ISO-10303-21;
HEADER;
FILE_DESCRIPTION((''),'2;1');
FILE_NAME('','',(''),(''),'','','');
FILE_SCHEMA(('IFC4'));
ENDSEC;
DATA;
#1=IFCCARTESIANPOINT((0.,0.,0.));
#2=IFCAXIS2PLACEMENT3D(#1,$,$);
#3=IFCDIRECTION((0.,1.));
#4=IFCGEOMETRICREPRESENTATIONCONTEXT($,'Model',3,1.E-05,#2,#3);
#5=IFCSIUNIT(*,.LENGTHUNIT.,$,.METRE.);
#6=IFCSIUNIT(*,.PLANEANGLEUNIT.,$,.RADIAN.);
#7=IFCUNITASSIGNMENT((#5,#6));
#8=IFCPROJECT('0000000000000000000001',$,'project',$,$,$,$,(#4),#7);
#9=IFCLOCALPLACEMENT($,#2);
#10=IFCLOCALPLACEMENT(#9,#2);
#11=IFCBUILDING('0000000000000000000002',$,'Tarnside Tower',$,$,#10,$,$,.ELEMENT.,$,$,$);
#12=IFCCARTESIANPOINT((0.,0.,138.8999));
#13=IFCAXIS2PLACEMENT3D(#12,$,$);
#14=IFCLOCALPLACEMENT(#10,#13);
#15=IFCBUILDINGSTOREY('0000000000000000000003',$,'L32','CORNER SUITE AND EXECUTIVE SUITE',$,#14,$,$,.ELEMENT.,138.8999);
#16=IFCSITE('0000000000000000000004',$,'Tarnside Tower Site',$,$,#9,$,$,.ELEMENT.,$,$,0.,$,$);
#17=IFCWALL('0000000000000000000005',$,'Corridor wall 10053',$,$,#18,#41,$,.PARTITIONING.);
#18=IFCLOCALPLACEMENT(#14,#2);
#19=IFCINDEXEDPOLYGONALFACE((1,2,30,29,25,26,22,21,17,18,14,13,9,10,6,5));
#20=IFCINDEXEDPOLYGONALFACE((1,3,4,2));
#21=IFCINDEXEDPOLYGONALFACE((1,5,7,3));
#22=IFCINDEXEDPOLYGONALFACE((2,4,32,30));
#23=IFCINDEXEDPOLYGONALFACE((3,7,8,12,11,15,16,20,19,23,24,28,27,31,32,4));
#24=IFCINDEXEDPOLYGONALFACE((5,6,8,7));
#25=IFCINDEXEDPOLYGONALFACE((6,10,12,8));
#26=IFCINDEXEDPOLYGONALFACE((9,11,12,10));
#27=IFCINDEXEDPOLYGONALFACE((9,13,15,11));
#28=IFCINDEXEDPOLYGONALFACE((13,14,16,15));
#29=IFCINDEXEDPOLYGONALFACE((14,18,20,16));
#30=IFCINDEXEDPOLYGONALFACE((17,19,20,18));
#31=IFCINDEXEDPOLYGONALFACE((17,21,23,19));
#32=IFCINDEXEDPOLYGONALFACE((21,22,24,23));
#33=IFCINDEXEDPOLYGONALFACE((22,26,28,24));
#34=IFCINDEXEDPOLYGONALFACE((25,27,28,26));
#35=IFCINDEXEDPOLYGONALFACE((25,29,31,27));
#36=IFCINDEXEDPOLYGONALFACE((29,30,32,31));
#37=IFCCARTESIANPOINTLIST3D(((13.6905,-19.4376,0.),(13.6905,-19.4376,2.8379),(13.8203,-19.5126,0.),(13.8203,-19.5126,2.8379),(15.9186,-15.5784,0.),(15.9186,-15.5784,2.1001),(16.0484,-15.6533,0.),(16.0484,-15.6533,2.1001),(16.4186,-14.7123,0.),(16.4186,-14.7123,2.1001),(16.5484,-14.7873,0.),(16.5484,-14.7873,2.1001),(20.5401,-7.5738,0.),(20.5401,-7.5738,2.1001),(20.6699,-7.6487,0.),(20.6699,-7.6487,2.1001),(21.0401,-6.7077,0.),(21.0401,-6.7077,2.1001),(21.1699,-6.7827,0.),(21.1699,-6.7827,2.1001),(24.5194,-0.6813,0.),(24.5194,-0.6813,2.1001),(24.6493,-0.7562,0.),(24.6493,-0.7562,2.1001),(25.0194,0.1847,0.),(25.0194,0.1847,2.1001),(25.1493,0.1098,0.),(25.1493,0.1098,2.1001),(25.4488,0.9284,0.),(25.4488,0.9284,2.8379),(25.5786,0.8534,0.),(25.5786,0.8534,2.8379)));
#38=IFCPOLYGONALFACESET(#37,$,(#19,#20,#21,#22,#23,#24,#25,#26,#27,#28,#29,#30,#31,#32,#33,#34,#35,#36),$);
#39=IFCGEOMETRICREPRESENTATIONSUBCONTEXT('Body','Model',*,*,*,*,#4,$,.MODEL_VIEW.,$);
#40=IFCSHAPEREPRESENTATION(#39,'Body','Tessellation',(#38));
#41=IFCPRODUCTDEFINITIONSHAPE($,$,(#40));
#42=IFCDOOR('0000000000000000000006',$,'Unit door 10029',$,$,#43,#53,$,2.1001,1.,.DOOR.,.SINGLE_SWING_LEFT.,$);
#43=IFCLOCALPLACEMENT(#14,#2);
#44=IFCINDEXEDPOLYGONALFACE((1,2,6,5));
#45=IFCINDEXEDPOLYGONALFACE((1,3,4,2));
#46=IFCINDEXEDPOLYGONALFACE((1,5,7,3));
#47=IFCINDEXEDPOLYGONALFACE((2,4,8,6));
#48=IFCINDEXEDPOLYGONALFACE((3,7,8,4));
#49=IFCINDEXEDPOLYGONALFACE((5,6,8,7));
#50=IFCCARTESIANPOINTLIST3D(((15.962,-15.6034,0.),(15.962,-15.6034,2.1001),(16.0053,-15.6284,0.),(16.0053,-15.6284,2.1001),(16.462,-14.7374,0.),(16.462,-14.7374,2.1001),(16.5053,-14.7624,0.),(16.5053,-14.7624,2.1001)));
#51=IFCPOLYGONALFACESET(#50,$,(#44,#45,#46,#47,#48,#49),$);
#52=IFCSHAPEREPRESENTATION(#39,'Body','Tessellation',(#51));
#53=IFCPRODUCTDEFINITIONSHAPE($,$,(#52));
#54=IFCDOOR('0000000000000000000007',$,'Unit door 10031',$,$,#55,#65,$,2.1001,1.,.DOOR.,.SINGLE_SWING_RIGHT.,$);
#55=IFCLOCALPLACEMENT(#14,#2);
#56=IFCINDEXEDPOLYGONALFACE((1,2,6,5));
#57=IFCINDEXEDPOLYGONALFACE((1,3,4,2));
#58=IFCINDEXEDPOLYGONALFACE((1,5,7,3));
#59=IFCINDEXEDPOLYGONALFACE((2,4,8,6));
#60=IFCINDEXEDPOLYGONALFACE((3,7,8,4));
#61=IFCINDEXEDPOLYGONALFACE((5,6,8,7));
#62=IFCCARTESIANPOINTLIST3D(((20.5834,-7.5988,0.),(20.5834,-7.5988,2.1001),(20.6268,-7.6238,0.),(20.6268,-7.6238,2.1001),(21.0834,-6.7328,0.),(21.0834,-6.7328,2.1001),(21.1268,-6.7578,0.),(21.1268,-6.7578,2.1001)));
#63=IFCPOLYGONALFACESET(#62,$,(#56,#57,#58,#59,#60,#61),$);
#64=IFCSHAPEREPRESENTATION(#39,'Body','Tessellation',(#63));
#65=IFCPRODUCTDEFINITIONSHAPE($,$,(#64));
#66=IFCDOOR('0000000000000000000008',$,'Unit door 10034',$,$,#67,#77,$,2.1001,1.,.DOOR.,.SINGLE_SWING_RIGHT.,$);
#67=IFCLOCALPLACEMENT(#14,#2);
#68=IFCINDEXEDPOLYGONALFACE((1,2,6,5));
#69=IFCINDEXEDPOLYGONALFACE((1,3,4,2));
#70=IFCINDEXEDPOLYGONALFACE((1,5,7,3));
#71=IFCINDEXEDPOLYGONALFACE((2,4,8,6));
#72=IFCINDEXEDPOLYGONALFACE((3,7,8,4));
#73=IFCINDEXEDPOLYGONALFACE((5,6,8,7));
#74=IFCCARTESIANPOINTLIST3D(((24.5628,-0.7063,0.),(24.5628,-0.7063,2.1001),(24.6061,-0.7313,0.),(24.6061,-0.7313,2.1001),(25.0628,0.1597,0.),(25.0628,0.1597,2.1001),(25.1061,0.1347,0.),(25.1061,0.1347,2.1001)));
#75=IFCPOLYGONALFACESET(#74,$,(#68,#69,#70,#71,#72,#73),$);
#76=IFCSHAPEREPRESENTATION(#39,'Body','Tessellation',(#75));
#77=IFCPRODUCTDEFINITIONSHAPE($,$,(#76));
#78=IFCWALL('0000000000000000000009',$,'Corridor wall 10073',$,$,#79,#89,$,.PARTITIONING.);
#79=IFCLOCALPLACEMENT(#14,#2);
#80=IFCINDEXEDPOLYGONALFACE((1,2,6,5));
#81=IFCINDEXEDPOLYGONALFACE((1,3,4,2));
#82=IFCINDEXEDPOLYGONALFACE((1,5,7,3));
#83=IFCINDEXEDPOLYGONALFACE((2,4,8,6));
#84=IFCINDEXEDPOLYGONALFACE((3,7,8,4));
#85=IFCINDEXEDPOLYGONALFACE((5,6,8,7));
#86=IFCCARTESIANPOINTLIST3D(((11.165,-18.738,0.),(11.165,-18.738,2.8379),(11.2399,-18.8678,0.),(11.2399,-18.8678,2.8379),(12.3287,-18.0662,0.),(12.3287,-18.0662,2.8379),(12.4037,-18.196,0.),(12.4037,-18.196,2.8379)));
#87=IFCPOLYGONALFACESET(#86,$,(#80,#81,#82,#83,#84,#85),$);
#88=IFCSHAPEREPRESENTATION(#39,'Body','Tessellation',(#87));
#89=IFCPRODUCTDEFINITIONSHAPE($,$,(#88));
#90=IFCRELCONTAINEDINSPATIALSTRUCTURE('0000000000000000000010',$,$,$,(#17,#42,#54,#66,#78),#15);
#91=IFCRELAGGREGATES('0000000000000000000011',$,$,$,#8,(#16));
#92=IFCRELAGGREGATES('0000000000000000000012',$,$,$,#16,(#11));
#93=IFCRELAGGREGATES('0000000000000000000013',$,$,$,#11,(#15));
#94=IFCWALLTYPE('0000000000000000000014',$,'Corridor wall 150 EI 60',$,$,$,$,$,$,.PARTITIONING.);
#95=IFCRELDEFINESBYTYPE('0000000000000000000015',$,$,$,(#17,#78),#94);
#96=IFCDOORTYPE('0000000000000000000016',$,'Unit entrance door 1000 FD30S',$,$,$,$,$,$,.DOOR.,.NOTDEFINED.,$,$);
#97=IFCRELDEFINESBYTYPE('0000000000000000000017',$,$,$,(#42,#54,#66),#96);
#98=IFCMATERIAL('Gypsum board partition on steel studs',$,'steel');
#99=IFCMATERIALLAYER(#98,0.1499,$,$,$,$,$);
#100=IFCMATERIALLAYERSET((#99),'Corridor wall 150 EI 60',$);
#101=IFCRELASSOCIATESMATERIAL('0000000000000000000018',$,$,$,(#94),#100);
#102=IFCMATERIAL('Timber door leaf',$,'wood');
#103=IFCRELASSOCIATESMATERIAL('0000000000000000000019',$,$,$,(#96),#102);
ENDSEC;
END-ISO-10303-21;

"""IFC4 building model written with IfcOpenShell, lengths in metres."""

from ifc_helpers import new_model, si_unit, direction, frame, frame_2d, origin, place, context, subcontext, project, spatial, rectangle, extrude, material, layer, layer_set, type_object, element, fill, save


model = new_model("IFC4")

# Units and contexts
model_context = context("Model", 3, precision=1e-05, world=origin(), true_north=direction((0.0, 1.0)))
body_context = subcontext(model_context, "Body", "Model", "MODEL_VIEW")
ifc_project = project(units=[si_unit("LENGTHUNIT", "METRE"), si_unit("PLANEANGLEUNIT", "RADIAN")], contexts=[model_context])

# Site, building, storey
site_placement = place(None, origin())
site = spatial("IfcSite", under=ifc_project, at=site_placement, Name="Tarnside Tower Site", CompositionType="ELEMENT", RefElevation=0.0)
building_placement = place(site_placement, origin())
building = spatial("IfcBuilding", under=site, at=building_placement, Name="Tarnside Tower", CompositionType="ELEMENT")
storey_placement = place(building_placement, frame((0.0, 0.0, 138.8999)))
storey = spatial("IfcBuildingStorey", under=building, at=storey_placement, Name="L32", Description="CORNER SUITE AND EXECUTIVE SUITE", CompositionType="ELEMENT", Elevation=138.8999)

# Shared definitions
ifc_material_1 = material(Name="Gypsum board partition on steel studs", Category="steel")
ifc_material_2 = material(Name="Timber door leaf", Category="wood")

# Shared definitions
ifc_layer_1 = layer(ifc_material_1, 0.1499)
ifc_layer_set_1 = layer_set([ifc_layer_1], Name="Corridor wall 150 EI 60")
wall_type_1 = type_object("IfcWallType", Name="Corridor wall 150 EI 60", PredefinedType="PARTITIONING", material=ifc_layer_set_1)

# Wall, openings, doors
wall_1_placement = place(storey_placement, frame((13.7554, -19.4751, 0.0), z_axis=(0.0, 0.0, 1.0), x_axis=(0.5, 0.866025, 0.0)))
wall_1 = element("IfcWall", 1, at=wall_1_placement, inside=storey, type_object=wall_type_1, Name="Corridor wall 10053", PredefinedType="PARTITIONING", context=body_context, shape_type="SweptSolid", body=[
    extrude(rectangle(XDim=23.5166, YDim=0.1499, at=frame_2d((11.7583, 0.0))), origin(), (0.0, 0.0, 1.0), 2.8379),
])
opening_1_placement = place(wall_1_placement, frame((4.4563, 0.0, 0.0)))
opening_1 = element("IfcOpeningElement", 2, at=opening_1_placement, cuts=wall_1, PredefinedType="OPENING", context=body_context, shape_type="SweptSolid", body=[
    extrude(rectangle(XDim=1.0, YDim=2.1001, at=frame_2d((0.5, 1.05))), frame((0.0, 0.085, 0.0), z_axis=(0.0, -1.0, 0.0), x_axis=(1.0, 0.0, 0.0)), (0.0, 0.0, 1.0), 0.1699),
])
opening_2_placement = place(wall_1_placement, frame((13.6992, 0.0, 0.0)))
opening_2 = element("IfcOpeningElement", 3, at=opening_2_placement, cuts=wall_1, PredefinedType="OPENING", context=body_context, shape_type="SweptSolid", body=[
    extrude(rectangle(XDim=1.0, YDim=2.1001, at=frame_2d((0.5, 1.05))), frame((0.0, 0.085, 0.0), z_axis=(0.0, -1.0, 0.0), x_axis=(1.0, 0.0, 0.0)), (0.0, 0.0, 1.0), 0.1699),
])
opening_3_placement = place(wall_1_placement, frame((21.658, 0.0, 0.0)))
opening_3 = element("IfcOpeningElement", 4, at=opening_3_placement, cuts=wall_1, PredefinedType="OPENING", context=body_context, shape_type="SweptSolid", body=[
    extrude(rectangle(XDim=1.0, YDim=2.1001, at=frame_2d((0.5, 1.05))), frame((0.0, 0.085, 0.0), z_axis=(0.0, -1.0, 0.0), x_axis=(1.0, 0.0, 0.0)), (0.0, 0.0, 1.0), 0.1699),
])
door_type_1 = type_object("IfcDoorType", Name="Unit entrance door 1000 FD30S", OperationType="NOTDEFINED", PredefinedType="DOOR", material=ifc_material_2)
door_1_placement = place(opening_1_placement, origin())
door_1 = element("IfcDoor", 5, at=door_1_placement, inside=storey, type_object=door_type_1, Name="Unit door 10029", OperationType="SINGLE_SWING_LEFT", OverallHeight=2.1001, OverallWidth=1.0, PredefinedType="DOOR", context=body_context, shape_type="SweptSolid", body=[
    extrude(rectangle(XDim=1.0, YDim=2.1001, at=frame_2d((0.5, 1.05))), frame((0.0, 0.0249, 0.0), z_axis=(0.0, -1.0, 0.0), x_axis=(1.0, 0.0, 0.0)), (0.0, 0.0, 1.0), 0.05),
])
fill(opening_1, door_1)
door_2_placement = place(opening_2_placement, origin())
door_2 = element("IfcDoor", 6, at=door_2_placement, inside=storey, type_object=door_type_1, Name="Unit door 10031", OperationType="SINGLE_SWING_RIGHT", OverallHeight=2.1001, OverallWidth=1.0, PredefinedType="DOOR", context=body_context, shape_type="SweptSolid", body=[
    extrude(rectangle(XDim=1.0, YDim=2.1001, at=frame_2d((0.5, 1.05))), frame((0.0, 0.0249, 0.0), z_axis=(0.0, -1.0, 0.0), x_axis=(1.0, 0.0, 0.0)), (0.0, 0.0, 1.0), 0.05),
])
fill(opening_2, door_2)
door_3_placement = place(opening_3_placement, origin())
door_3 = element("IfcDoor", 7, at=door_3_placement, inside=storey, type_object=door_type_1, Name="Unit door 10034", OperationType="SINGLE_SWING_RIGHT", OverallHeight=2.1001, OverallWidth=1.0, PredefinedType="DOOR", context=body_context, shape_type="SweptSolid", body=[
    extrude(rectangle(XDim=1.0, YDim=2.1001, at=frame_2d((0.5, 1.05))), frame((0.0, 0.0249, 0.0), z_axis=(0.0, -1.0, 0.0), x_axis=(1.0, 0.0, 0.0)), (0.0, 0.0, 1.0), 0.05),
])
fill(opening_3, door_3)

# Wall
wall_2_placement = place(storey_placement, frame((12.3662, -18.1311, 0.0), z_axis=(0.0, 0.0, 1.0), x_axis=(-0.866043, -0.499969, 0.0)))
element("IfcWall", 8, at=wall_2_placement, inside=storey, type_object=wall_type_1, Name="Corridor wall 10073", PredefinedType="PARTITIONING", context=body_context, shape_type="SweptSolid", body=[
    extrude(rectangle(XDim=1.3438, YDim=0.1499, at=frame_2d((0.6719, 0.0))), origin(), (0.0, 0.0, 1.0), 2.8379),
])

save(model, "model.ifc")
